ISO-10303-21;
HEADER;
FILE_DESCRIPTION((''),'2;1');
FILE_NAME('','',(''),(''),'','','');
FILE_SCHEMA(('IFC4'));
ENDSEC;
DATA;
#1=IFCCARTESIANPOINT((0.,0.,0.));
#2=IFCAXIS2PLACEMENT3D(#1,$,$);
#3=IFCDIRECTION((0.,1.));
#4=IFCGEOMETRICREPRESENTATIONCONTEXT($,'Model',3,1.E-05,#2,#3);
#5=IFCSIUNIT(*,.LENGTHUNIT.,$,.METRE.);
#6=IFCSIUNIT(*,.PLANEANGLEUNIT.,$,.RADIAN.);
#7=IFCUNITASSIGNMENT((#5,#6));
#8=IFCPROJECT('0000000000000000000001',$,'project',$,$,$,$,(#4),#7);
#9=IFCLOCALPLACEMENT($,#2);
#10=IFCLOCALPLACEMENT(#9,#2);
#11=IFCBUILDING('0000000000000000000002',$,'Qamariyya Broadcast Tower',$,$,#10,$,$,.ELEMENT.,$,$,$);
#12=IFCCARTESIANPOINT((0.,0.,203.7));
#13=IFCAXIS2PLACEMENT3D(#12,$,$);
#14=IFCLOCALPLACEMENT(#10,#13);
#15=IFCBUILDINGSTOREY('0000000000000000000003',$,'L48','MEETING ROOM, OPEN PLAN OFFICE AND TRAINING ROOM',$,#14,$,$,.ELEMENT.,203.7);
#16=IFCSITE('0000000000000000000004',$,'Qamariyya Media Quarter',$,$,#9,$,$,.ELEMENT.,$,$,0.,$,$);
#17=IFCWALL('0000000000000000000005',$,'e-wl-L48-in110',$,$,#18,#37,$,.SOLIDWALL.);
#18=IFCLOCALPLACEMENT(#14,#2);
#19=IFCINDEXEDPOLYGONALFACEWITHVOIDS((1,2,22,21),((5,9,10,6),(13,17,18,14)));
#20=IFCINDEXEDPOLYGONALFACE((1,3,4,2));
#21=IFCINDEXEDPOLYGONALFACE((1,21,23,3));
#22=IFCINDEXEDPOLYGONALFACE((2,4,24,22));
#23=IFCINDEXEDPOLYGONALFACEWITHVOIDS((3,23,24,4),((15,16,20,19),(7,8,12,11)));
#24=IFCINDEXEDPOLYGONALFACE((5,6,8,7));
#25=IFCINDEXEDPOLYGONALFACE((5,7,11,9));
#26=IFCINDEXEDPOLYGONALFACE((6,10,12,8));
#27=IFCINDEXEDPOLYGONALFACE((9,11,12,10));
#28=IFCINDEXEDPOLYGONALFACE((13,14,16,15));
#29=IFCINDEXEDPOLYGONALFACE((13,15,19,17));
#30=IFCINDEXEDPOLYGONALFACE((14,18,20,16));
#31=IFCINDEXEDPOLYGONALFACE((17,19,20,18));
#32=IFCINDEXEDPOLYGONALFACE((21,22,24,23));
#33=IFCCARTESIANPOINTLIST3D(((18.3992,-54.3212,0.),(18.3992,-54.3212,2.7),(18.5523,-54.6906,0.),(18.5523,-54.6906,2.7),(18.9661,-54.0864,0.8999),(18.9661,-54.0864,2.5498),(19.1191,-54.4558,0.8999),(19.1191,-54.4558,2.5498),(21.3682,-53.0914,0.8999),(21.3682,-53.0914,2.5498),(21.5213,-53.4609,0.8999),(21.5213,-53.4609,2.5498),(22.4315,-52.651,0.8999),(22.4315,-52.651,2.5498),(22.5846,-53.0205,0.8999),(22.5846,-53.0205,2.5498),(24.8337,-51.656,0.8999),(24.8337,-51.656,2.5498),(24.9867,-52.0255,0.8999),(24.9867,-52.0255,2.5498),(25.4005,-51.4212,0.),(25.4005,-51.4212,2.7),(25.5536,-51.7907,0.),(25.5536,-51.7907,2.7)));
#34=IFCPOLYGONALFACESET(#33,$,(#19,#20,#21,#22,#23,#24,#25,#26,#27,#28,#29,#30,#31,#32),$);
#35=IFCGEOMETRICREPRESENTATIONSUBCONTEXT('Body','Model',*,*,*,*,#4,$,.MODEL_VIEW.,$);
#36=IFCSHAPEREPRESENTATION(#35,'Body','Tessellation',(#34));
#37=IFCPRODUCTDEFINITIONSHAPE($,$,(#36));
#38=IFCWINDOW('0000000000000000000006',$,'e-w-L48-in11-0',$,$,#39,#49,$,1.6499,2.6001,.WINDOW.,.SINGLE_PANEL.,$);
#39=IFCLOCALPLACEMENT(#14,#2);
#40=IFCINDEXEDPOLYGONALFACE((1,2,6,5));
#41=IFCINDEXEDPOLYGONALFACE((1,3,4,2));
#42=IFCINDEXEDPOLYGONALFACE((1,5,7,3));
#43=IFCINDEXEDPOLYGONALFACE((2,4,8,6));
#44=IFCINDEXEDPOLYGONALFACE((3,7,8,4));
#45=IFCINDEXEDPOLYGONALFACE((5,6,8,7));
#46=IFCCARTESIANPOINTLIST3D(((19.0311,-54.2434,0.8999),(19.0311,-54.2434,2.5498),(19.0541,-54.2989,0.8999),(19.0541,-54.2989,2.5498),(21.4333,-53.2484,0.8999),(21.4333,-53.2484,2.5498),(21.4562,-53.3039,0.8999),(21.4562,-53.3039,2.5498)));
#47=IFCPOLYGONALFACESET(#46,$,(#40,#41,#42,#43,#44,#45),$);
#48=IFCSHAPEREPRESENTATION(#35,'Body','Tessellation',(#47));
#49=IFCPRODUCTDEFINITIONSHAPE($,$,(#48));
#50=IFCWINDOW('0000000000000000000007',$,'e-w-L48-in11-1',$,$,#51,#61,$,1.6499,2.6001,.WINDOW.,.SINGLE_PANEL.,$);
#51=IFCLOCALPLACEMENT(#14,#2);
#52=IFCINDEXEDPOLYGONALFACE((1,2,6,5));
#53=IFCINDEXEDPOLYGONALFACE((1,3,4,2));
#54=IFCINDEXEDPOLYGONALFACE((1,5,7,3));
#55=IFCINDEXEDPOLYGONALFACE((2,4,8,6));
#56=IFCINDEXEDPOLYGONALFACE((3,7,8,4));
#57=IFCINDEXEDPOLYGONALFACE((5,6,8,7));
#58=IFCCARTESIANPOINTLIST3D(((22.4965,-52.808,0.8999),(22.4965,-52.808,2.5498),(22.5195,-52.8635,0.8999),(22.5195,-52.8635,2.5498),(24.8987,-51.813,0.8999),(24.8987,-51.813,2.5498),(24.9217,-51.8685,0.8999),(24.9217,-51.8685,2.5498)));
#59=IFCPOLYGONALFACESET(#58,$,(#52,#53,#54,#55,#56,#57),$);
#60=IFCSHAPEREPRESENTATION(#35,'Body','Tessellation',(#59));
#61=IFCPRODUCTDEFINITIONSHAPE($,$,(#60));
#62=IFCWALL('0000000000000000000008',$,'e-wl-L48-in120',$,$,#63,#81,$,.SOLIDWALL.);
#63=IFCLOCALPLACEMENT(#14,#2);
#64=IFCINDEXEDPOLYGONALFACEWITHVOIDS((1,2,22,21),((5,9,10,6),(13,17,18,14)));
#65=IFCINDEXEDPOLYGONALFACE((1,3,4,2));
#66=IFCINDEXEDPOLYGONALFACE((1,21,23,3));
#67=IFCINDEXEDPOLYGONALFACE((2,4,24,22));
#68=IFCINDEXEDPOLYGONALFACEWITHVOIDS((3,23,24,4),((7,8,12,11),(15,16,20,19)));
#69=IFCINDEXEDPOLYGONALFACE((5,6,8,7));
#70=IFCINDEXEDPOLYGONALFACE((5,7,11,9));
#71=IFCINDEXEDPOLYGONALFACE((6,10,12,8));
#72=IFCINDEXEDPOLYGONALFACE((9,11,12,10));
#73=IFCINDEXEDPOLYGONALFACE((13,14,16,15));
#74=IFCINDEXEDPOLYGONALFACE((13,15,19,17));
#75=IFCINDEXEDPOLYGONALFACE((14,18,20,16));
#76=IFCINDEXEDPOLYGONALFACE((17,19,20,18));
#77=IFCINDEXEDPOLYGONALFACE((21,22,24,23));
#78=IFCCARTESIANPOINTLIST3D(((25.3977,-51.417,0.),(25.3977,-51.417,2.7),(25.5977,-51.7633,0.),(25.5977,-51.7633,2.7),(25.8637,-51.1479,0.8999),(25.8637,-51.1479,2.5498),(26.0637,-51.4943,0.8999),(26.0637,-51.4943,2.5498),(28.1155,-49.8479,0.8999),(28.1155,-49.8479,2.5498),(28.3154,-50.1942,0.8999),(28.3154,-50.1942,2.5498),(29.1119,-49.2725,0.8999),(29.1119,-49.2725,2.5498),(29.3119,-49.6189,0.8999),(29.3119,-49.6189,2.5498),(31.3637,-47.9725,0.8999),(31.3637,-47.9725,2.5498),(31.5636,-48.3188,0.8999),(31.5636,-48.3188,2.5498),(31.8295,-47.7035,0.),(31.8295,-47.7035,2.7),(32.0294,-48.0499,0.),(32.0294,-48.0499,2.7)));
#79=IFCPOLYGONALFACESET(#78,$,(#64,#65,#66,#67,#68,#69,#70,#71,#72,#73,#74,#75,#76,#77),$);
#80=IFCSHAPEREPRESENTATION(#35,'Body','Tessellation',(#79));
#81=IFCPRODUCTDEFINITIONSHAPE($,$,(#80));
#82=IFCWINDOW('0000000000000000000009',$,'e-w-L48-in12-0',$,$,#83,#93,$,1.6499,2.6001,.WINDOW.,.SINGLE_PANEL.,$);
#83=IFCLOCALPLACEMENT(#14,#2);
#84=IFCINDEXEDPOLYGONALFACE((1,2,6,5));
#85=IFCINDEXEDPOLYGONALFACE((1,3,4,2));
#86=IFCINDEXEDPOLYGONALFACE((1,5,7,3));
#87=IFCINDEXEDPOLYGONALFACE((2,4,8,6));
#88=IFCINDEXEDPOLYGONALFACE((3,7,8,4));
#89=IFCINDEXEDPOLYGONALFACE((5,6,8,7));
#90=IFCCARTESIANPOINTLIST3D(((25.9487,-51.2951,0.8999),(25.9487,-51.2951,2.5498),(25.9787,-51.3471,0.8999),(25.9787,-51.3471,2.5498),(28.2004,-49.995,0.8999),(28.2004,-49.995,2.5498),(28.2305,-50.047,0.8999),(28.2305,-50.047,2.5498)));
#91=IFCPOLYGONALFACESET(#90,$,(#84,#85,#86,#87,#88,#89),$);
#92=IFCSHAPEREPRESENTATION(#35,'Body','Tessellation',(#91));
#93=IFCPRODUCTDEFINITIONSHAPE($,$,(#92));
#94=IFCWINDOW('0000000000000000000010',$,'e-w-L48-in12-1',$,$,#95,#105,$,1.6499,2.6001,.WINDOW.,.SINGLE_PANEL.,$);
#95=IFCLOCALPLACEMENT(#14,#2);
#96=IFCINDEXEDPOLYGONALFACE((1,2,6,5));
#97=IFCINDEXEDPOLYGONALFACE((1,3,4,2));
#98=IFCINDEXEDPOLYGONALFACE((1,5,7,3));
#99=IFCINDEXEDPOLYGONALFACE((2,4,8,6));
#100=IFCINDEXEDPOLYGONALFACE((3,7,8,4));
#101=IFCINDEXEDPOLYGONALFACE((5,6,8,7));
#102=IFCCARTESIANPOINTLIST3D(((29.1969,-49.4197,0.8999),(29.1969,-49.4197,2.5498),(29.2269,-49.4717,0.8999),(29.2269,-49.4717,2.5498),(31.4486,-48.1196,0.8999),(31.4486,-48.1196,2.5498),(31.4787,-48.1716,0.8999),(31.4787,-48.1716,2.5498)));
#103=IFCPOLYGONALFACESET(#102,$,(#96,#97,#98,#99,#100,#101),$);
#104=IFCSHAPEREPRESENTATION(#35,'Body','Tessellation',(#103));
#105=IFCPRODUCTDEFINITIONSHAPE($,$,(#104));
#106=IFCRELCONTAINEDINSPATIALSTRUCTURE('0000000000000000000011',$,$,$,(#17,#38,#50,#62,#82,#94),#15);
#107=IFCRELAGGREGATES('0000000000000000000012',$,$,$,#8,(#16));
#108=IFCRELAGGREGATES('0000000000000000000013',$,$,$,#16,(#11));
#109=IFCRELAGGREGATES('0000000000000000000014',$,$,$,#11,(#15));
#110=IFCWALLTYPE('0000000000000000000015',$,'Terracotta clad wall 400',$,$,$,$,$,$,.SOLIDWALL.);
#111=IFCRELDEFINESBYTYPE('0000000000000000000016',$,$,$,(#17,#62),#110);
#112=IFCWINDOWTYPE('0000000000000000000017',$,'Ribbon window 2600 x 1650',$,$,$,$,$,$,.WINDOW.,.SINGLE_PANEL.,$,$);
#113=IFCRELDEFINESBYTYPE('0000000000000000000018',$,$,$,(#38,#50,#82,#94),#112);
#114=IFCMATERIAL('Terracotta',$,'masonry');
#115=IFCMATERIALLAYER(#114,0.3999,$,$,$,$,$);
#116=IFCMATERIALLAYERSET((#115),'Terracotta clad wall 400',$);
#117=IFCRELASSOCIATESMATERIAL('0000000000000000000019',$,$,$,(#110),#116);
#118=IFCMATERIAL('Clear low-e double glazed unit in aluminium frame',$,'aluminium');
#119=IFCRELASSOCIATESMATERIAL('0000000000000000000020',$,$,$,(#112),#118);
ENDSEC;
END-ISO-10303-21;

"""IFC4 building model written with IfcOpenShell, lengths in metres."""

from ifc_helpers import new_model, si_unit, direction, frame, frame_2d, origin, place, context, subcontext, project, spatial, rectangle, extrude, material, layer, layer_set, type_object, element, fill, save


model = new_model("IFC4")

# Units and contexts
model_context = context("Model", 3, precision=1e-05, world=origin(), true_north=direction((0.0, 1.0)))
body_context = subcontext(model_context, "Body", "Model", "MODEL_VIEW")
ifc_project = project(units=[si_unit("LENGTHUNIT", "METRE"), si_unit("PLANEANGLEUNIT", "RADIAN")], contexts=[model_context])

# Site, building, storey
site_placement = place(None, origin())
site = spatial("IfcSite", under=ifc_project, at=site_placement, Name="Qamariyya Media Quarter", CompositionType="ELEMENT", RefElevation=0.0)
building_placement = place(site_placement, origin())
building = spatial("IfcBuilding", under=site, at=building_placement, Name="Qamariyya Broadcast Tower", CompositionType="ELEMENT")
storey_placement = place(building_placement, frame((0.0, 0.0, 203.7)))
storey = spatial("IfcBuildingStorey", under=building, at=storey_placement, Name="L48", Description="MEETING ROOM, OPEN PLAN OFFICE AND TRAINING ROOM", CompositionType="ELEMENT", Elevation=203.7)

# Walls, openings, windows
ifc_material_1 = material(Name="Terracotta", Category="masonry")
ifc_layer_1 = layer(ifc_material_1, 0.3999)
ifc_layer_set_1 = layer_set([ifc_layer_1], Name="Terracotta clad wall 400")
wall_type_1 = type_object("IfcWallType", Name="Terracotta clad wall 400", PredefinedType="SOLIDWALL", material=ifc_layer_set_1)
wall_1_placement = place(storey_placement, frame((25.4771, -51.606, 0.0), z_axis=(0.0, 0.0, 1.0), x_axis=(-0.923884, -0.382672, 0.0)))
wall_1 = element("IfcWall", 1, at=wall_1_placement, inside=storey, type_object=wall_type_1, Name="e-wl-L48-in110", PredefinedType="SOLIDWALL", context=body_context, shape_type="SweptSolid", body=[
    extrude(rectangle(XDim=7.5781, YDim=0.3999, at=frame_2d((3.7891, 0.0))), origin(), (0.0, 0.0, 1.0), 2.7),
])
opening_1_placement = place(wall_1_placement, frame((4.3645, 0.0, 0.8999)))
opening_1 = element("IfcOpeningElement", 2, at=opening_1_placement, cuts=wall_1, PredefinedType="OPENING", context=body_context, shape_type="SweptSolid", body=[
    extrude(rectangle(XDim=2.6001, YDim=1.6499, at=frame_2d((1.3, 0.825))), frame((0.0, 0.21, 0.0), z_axis=(0.0, -1.0, 0.0), x_axis=(1.0, 0.0, 0.0)), (0.0, 0.0, 1.0), 0.4199),
])
opening_2_placement = place(wall_1_placement, frame((0.6135, 0.0, 0.8999)))
opening_2 = element("IfcOpeningElement", 3, at=opening_2_placement, cuts=wall_1, PredefinedType="OPENING", context=body_context, shape_type="SweptSolid", body=[
    extrude(rectangle(XDim=2.6001, YDim=1.6499, at=frame_2d((1.3, 0.825))), frame((0.0, 0.21, 0.0), z_axis=(0.0, -1.0, 0.0), x_axis=(1.0, 0.0, 0.0)), (0.0, 0.0, 1.0), 0.4199),
])
ifc_material_2 = material(Name="Clear low-e double glazed unit in aluminium frame", Category="aluminium")
window_type = type_object("IfcWindowType", Name="Ribbon window 2600 x 1650", PartitioningType="SINGLE_PANEL", PredefinedType="WINDOW", material=ifc_material_2)
window_1_placement = place(opening_1_placement, origin())
window_1 = element("IfcWindow", 4, at=window_1_placement, inside=storey, type_object=window_type, Name="e-w-L48-in11-0", OverallHeight=1.6499, OverallWidth=2.6001, PartitioningType="SINGLE_PANEL", PredefinedType="WINDOW", context=body_context, shape_type="SweptSolid", body=[
    extrude(rectangle(XDim=2.6001, YDim=1.6499, at=frame_2d((1.3, 0.825))), frame((0.0, 0.03, 0.0), z_axis=(0.0, -1.0, 0.0), x_axis=(1.0, 0.0, 0.0)), (0.0, 0.0, 1.0), 0.0601),
])
fill(opening_1, window_1)
window_2_placement = place(opening_2_placement, origin())
window_2 = element("IfcWindow", 5, at=window_2_placement, inside=storey, type_object=window_type, Name="e-w-L48-in11-1", OverallHeight=1.6499, OverallWidth=2.6001, PartitioningType="SINGLE_PANEL", PredefinedType="WINDOW", context=body_context, shape_type="SweptSolid", body=[
    extrude(rectangle(XDim=2.6001, YDim=1.6499, at=frame_2d((1.3, 0.825))), frame((0.0, 0.03, 0.0), z_axis=(0.0, -1.0, 0.0), x_axis=(1.0, 0.0, 0.0)), (0.0, 0.0, 1.0), 0.0601),
])
fill(opening_2, window_2)
wall_2_placement = place(storey_placement, frame((31.9294, -47.8767, 0.0), z_axis=(0.0, 0.0, 1.0), x_axis=(-0.866021, -0.500007, 0.0)))
wall_2 = element("IfcWall", 6, at=wall_2_placement, inside=storey, type_object=wall_type_1, Name="e-wl-L48-in120", PredefinedType="SOLIDWALL", context=body_context, shape_type="SweptSolid", body=[
    extrude(rectangle(XDim=7.4268, YDim=0.3999, at=frame_2d((3.7134, 0.0))), origin(), (0.0, 0.0, 1.0), 2.7),
])
opening_3_placement = place(wall_2_placement, frame((4.2886, 0.0, 0.8999)))
opening_3 = element("IfcOpeningElement", 7, at=opening_3_placement, cuts=wall_2, PredefinedType="OPENING", context=body_context, shape_type="SweptSolid", body=[
    extrude(rectangle(XDim=2.6001, YDim=1.6499, at=frame_2d((1.3, 0.825))), frame((0.0, 0.21, 0.0), z_axis=(0.0, -1.0, 0.0), x_axis=(1.0, 0.0, 0.0)), (0.0, 0.0, 1.0), 0.4199),
])
opening_4_placement = place(wall_2_placement, frame((0.5378, 0.0, 0.8999)))
opening_4 = element("IfcOpeningElement", 8, at=opening_4_placement, cuts=wall_2, PredefinedType="OPENING", context=body_context, shape_type="SweptSolid", body=[
    extrude(rectangle(XDim=2.6001, YDim=1.6499, at=frame_2d((1.3, 0.825))), frame((0.0, 0.21, 0.0), z_axis=(0.0, -1.0, 0.0), x_axis=(1.0, 0.0, 0.0)), (0.0, 0.0, 1.0), 0.4199),
])
window_3_placement = place(opening_3_placement, origin())
window_3 = element("IfcWindow", 9, at=window_3_placement, inside=storey, type_object=window_type, Name="e-w-L48-in12-0", OverallHeight=1.6499, OverallWidth=2.6001, PartitioningType="SINGLE_PANEL", PredefinedType="WINDOW", context=body_context, shape_type="SweptSolid", body=[
    extrude(rectangle(XDim=2.6001, YDim=1.6499, at=frame_2d((1.3, 0.825))), frame((0.0, 0.03, 0.0), z_axis=(0.0, -1.0, 0.0), x_axis=(1.0, 0.0, 0.0)), (0.0, 0.0, 1.0), 0.0601),
])
fill(opening_3, window_3)
window_4_placement = place(opening_4_placement, origin())
window_4 = element("IfcWindow", 10, at=window_4_placement, inside=storey, type_object=window_type, Name="e-w-L48-in12-1", OverallHeight=1.6499, OverallWidth=2.6001, PartitioningType="SINGLE_PANEL", PredefinedType="WINDOW", context=body_context, shape_type="SweptSolid", body=[
    extrude(rectangle(XDim=2.6001, YDim=1.6499, at=frame_2d((1.3, 0.825))), frame((0.0, 0.03, 0.0), z_axis=(0.0, -1.0, 0.0), x_axis=(1.0, 0.0, 0.0)), (0.0, 0.0, 1.0), 0.0601),
])
fill(opening_4, window_4)

save(model, "model.ifc")
